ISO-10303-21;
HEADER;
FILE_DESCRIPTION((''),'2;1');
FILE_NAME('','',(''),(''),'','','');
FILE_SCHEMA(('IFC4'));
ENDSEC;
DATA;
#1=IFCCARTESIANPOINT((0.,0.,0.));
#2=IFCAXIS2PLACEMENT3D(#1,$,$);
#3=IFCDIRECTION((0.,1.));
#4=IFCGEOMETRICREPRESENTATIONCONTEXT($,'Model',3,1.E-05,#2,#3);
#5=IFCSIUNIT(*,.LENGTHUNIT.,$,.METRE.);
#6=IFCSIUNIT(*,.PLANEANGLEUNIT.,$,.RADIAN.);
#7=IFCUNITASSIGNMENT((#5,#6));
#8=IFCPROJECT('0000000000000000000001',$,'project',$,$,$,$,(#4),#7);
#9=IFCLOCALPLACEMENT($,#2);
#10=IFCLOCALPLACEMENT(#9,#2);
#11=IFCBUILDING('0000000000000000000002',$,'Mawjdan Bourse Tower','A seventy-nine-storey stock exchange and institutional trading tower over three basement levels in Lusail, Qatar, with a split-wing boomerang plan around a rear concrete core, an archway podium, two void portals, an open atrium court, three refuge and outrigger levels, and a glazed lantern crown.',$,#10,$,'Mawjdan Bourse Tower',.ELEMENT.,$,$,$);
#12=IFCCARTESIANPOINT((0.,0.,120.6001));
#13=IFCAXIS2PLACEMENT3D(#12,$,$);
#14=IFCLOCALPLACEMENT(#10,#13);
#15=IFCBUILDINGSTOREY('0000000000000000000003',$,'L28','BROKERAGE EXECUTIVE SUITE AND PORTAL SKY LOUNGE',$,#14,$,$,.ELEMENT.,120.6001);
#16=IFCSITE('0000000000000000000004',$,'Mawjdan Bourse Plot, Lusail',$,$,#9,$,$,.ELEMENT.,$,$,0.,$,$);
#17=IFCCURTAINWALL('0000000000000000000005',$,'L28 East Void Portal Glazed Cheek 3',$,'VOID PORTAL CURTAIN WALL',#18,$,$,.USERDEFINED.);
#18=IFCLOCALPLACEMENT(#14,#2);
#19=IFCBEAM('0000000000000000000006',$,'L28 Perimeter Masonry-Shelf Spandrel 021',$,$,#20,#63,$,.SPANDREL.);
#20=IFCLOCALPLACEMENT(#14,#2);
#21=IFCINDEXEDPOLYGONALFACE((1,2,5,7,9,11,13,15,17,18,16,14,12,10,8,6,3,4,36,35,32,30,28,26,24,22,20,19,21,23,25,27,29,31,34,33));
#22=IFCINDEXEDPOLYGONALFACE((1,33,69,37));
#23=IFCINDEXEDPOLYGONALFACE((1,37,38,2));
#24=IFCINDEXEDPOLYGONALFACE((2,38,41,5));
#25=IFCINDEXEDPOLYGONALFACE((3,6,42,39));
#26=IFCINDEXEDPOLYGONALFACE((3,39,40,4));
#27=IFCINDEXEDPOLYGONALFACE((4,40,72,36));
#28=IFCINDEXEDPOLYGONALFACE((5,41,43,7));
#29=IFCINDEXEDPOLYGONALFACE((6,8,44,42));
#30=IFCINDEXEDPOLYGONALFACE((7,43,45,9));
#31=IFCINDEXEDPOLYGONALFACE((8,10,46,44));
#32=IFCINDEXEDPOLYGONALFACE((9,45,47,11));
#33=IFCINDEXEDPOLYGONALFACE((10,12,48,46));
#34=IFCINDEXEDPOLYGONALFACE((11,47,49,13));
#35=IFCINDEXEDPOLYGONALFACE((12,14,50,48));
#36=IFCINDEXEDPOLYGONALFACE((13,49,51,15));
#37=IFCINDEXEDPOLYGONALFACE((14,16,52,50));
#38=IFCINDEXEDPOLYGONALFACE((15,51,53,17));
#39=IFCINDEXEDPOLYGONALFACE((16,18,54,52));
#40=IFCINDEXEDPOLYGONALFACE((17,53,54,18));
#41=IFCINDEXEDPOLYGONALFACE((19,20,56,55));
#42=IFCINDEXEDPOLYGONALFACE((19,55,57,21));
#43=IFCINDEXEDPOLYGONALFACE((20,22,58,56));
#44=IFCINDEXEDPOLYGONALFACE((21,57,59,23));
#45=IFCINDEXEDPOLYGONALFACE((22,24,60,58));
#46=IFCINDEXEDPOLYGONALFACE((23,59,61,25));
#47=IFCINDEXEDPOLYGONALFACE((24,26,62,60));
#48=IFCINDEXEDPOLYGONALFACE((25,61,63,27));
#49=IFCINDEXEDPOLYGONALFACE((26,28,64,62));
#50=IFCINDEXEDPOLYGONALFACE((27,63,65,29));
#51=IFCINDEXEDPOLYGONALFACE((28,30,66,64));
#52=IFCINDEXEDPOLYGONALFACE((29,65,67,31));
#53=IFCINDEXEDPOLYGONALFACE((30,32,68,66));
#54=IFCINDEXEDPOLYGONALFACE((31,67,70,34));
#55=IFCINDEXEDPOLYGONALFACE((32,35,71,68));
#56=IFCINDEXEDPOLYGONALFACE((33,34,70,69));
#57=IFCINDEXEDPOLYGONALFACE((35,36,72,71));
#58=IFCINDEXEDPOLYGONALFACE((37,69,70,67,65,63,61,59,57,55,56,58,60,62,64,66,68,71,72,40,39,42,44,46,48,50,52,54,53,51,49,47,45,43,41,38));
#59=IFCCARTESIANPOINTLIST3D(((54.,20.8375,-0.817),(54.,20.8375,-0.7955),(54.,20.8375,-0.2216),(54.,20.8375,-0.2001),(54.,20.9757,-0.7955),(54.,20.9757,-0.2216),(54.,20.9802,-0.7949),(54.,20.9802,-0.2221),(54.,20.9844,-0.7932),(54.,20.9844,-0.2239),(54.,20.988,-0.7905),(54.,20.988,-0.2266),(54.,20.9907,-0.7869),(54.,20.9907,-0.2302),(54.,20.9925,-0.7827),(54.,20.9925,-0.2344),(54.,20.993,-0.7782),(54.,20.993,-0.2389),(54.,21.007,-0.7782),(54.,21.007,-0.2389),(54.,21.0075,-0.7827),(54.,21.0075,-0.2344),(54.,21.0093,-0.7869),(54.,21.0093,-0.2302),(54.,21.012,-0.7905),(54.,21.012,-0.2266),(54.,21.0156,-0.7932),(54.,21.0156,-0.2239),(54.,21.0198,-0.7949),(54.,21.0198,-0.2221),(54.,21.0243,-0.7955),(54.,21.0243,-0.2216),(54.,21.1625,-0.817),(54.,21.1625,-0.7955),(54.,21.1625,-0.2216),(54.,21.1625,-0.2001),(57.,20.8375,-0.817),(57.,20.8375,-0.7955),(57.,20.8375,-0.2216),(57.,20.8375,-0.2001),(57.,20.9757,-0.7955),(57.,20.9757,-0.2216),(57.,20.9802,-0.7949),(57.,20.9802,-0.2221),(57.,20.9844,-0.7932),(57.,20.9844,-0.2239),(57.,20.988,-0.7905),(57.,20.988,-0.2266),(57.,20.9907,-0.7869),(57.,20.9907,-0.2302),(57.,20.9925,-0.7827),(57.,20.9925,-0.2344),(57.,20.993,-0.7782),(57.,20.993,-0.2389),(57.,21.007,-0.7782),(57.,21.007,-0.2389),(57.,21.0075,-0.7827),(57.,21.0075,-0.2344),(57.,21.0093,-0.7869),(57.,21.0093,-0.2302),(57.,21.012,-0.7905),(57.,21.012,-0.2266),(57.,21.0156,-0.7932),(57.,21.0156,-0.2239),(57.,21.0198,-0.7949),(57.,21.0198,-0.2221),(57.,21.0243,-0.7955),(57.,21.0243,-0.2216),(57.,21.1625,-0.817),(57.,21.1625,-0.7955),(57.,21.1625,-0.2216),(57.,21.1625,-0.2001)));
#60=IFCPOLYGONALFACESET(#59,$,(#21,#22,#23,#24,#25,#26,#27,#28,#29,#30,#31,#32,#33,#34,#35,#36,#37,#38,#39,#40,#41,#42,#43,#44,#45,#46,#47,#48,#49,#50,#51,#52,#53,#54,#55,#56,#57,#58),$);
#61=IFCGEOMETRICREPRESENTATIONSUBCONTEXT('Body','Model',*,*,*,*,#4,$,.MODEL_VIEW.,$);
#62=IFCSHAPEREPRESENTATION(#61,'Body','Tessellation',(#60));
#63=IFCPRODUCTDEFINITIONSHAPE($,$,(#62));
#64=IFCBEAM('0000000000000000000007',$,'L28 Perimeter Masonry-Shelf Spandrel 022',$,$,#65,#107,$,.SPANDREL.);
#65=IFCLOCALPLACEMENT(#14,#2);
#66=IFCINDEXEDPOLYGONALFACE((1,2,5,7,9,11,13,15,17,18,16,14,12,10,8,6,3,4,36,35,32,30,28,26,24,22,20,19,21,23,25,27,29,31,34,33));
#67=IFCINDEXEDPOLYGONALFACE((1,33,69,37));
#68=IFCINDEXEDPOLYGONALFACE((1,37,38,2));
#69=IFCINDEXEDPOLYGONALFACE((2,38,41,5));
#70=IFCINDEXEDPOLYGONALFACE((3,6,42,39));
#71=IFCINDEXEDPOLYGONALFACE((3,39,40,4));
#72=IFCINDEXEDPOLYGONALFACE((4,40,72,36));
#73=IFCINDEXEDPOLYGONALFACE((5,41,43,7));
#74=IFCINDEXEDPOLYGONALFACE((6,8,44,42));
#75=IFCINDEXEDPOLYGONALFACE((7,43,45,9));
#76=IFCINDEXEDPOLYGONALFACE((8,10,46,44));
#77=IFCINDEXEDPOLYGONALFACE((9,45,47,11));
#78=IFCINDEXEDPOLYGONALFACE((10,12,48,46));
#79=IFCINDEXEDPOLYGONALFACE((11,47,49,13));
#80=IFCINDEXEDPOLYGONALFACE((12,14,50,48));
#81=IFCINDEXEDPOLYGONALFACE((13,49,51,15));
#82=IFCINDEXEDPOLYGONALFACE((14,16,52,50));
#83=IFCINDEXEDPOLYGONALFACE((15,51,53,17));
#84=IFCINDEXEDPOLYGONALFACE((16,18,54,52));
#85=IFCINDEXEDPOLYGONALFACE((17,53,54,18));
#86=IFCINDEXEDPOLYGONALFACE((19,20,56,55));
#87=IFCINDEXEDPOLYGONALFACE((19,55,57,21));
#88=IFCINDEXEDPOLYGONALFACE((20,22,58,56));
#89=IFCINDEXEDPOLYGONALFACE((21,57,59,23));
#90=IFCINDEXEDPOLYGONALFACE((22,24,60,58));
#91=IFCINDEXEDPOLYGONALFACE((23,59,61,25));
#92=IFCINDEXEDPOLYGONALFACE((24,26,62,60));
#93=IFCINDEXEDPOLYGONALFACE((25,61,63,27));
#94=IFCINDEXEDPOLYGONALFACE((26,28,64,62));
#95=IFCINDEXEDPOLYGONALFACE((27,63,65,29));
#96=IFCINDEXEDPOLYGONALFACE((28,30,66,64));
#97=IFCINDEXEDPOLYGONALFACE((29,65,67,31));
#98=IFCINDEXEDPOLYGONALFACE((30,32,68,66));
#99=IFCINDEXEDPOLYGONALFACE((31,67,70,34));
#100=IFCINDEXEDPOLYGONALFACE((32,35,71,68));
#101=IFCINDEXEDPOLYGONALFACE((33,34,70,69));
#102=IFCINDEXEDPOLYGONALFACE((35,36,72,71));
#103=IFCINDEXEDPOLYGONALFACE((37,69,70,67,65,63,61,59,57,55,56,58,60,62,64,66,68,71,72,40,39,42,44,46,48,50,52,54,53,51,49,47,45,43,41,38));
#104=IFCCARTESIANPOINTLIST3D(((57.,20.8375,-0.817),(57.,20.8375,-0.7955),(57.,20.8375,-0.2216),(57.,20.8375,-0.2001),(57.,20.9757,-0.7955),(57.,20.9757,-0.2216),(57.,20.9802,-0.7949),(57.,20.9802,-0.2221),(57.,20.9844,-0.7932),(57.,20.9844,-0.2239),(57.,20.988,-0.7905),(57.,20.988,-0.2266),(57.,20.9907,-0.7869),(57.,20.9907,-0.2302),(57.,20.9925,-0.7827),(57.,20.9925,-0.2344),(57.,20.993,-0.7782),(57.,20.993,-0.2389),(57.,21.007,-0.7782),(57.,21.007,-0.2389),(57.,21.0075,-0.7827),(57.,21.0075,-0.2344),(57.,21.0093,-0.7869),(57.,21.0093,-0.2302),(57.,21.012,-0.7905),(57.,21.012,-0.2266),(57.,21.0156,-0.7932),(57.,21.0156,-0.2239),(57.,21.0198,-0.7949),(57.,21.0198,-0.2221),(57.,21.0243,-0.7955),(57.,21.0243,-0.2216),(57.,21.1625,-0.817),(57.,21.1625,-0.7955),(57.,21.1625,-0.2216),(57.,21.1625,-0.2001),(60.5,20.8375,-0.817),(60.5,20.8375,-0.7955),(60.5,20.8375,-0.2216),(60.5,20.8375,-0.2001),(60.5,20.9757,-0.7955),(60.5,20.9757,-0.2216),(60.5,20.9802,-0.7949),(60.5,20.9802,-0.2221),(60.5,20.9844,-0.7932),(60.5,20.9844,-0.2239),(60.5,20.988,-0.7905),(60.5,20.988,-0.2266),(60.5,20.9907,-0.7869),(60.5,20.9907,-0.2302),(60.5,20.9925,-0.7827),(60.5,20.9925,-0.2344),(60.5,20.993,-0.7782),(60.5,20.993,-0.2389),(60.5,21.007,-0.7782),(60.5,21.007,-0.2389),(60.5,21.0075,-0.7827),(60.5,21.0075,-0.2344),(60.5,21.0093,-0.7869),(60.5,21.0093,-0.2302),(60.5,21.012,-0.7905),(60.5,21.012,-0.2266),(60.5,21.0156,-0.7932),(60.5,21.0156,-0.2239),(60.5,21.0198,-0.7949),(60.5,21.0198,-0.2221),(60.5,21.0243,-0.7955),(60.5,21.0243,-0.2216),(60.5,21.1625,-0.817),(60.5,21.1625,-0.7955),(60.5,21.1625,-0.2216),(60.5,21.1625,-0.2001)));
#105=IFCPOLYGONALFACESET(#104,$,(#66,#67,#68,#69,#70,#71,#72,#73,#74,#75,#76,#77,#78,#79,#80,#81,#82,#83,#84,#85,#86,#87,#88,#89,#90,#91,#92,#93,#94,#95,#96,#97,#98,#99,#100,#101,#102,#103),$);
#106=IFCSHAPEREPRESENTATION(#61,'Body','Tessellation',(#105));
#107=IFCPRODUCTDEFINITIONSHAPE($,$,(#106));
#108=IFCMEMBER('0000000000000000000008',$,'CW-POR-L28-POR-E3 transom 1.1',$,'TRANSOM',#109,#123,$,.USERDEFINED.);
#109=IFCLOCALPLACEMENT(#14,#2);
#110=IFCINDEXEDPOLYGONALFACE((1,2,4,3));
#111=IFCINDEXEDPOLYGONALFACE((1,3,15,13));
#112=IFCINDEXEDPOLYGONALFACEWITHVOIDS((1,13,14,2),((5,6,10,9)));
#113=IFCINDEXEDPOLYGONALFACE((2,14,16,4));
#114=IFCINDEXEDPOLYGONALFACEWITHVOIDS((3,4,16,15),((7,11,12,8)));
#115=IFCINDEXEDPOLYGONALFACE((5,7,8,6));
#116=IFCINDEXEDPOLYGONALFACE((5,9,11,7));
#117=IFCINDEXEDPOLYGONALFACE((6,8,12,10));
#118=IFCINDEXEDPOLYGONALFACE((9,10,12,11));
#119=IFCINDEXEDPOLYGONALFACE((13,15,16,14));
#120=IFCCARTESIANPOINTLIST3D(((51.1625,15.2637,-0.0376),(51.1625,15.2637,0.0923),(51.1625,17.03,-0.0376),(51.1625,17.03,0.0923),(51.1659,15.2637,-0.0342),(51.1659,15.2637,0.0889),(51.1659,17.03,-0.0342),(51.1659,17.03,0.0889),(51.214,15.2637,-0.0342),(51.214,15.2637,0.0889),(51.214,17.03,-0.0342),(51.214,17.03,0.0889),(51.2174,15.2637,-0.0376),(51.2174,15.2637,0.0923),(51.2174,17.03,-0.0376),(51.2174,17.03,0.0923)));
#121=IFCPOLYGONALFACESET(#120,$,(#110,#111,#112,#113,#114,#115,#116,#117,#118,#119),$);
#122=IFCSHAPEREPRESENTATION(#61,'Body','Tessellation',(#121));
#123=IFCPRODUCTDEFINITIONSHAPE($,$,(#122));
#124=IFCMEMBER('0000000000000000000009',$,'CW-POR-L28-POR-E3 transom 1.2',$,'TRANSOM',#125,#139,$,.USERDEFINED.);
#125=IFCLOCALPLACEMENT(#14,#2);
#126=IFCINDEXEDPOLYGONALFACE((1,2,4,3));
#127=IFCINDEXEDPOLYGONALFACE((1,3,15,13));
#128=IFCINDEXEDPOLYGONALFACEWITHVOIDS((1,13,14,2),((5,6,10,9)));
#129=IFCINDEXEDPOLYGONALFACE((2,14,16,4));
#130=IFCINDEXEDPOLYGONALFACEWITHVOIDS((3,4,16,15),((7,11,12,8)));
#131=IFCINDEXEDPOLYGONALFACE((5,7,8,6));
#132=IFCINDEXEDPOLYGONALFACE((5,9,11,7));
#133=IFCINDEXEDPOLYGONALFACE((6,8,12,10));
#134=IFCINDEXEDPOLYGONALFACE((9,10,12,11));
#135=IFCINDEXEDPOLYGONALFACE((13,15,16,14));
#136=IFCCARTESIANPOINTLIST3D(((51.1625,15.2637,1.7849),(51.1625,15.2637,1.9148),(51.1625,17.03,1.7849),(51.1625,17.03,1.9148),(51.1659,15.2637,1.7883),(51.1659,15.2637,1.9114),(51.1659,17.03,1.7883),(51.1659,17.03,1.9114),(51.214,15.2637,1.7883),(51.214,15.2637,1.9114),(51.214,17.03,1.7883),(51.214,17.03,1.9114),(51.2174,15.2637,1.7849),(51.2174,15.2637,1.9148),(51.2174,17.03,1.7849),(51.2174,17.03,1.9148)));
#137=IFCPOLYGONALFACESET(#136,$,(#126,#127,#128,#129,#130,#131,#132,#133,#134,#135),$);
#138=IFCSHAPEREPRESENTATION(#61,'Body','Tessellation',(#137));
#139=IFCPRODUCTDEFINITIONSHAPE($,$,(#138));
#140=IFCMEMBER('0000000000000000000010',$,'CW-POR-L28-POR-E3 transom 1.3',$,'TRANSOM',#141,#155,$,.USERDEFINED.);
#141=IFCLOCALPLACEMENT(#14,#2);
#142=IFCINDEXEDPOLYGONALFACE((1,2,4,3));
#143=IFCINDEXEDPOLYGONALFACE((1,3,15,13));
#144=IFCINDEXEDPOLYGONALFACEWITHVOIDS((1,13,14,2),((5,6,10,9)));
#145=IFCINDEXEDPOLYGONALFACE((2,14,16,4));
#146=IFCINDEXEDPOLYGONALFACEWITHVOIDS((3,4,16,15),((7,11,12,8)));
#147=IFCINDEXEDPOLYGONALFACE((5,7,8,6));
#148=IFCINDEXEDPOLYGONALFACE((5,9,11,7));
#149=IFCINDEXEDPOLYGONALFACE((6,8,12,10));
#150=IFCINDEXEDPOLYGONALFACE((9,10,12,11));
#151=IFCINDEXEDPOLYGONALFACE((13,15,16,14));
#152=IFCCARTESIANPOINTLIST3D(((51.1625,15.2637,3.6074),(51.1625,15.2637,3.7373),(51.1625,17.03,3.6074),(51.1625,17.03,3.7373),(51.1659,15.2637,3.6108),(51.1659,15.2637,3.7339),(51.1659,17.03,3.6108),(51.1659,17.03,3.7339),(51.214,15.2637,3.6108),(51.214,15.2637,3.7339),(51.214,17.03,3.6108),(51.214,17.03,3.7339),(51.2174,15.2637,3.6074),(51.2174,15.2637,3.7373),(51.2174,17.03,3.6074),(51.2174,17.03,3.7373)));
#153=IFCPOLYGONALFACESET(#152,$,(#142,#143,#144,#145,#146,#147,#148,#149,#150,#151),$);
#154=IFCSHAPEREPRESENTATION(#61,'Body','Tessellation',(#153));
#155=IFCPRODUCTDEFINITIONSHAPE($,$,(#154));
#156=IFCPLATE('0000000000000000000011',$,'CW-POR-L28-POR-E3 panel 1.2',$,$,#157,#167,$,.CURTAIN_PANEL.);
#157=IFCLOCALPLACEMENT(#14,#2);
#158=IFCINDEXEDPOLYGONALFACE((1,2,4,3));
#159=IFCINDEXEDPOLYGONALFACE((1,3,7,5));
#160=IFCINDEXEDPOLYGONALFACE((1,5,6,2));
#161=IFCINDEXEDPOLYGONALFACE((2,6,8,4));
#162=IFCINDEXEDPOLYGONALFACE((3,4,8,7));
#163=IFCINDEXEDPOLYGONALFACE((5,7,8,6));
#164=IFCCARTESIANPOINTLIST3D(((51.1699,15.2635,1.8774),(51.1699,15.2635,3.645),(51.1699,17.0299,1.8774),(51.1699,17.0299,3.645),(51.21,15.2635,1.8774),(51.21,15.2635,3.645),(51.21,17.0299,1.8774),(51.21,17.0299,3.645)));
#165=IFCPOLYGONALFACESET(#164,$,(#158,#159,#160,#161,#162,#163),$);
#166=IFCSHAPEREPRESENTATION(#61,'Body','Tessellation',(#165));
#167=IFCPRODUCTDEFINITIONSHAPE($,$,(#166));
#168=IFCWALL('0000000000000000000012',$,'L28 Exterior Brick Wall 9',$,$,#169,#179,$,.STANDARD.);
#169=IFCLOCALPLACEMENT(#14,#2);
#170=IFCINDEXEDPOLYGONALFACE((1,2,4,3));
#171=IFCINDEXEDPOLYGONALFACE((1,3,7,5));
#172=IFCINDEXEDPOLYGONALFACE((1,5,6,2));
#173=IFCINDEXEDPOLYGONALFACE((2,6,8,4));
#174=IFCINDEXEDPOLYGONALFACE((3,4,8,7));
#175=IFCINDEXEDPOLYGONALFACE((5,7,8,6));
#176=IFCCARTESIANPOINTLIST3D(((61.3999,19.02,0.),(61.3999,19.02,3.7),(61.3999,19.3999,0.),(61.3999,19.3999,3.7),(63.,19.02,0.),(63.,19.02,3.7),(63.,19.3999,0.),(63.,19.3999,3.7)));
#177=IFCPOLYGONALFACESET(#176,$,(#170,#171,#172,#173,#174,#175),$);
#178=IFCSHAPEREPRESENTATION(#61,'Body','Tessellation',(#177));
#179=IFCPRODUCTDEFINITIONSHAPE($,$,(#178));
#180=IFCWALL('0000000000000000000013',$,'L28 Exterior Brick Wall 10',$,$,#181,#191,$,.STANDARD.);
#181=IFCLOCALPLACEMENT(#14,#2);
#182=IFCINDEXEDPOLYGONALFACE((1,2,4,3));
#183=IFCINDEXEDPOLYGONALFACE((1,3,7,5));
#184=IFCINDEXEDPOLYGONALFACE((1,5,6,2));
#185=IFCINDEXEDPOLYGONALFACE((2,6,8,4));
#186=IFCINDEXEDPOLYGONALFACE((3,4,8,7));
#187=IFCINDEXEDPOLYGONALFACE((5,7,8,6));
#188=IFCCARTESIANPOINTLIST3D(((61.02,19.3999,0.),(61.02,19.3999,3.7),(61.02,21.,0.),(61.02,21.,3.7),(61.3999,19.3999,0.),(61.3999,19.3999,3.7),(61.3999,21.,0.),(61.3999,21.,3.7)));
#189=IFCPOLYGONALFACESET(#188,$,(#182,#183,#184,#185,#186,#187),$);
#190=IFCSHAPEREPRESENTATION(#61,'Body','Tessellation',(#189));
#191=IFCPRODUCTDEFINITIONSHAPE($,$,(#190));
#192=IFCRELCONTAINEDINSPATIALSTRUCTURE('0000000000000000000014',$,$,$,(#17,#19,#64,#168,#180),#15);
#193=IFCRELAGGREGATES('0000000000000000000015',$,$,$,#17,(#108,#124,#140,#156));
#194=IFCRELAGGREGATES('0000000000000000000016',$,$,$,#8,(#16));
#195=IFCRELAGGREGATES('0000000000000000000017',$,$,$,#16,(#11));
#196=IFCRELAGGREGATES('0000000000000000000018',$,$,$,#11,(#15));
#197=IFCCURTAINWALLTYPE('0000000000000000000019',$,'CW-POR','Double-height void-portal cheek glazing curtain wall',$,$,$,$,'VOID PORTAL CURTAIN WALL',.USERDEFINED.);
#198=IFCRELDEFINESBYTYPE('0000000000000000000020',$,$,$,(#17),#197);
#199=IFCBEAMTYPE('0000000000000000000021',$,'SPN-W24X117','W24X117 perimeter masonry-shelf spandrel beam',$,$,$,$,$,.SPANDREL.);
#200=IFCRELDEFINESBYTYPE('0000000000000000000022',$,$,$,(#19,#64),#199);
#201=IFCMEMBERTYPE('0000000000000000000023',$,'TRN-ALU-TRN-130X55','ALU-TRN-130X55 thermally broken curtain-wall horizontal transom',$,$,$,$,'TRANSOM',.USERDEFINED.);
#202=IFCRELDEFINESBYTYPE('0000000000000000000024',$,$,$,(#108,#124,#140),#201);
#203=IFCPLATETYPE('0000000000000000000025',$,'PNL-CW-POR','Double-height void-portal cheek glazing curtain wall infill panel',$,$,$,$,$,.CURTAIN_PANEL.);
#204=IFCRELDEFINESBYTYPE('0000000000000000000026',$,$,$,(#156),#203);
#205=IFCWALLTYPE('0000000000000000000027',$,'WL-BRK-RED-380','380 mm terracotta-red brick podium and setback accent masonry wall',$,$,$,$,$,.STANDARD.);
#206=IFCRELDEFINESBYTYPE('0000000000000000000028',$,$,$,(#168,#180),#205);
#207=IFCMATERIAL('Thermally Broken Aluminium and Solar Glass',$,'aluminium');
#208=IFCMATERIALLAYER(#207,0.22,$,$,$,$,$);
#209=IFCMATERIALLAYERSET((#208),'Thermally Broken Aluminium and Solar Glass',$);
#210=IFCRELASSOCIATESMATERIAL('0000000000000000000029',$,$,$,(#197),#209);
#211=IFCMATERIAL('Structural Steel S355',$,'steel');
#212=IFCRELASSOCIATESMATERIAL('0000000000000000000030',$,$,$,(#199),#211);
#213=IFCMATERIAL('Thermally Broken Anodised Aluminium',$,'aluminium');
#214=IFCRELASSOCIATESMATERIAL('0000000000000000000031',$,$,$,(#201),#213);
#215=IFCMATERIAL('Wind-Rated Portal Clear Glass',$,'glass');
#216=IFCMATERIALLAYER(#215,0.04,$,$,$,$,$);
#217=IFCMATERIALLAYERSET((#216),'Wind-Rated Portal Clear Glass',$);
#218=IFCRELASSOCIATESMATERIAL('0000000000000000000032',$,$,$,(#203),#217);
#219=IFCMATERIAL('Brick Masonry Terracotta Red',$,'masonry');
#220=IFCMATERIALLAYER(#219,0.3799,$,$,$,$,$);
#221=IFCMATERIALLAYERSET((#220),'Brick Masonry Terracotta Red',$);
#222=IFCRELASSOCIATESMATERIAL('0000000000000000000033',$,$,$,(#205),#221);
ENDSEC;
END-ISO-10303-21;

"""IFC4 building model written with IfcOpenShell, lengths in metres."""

from ifc_helpers import new_model, si_unit, direction, frame, frame_2d, origin, origin_2d, place, context, subcontext, project, spatial, rectangle, hollow_rectangle, i_section, extrude, material, layer, layer_set, material_profile, profile_set, type_object, element, aggregate, save


model = new_model("IFC4")

# Units and contexts
model_context = context("Model", 3, precision=1e-05, world=origin(), true_north=direction((0.0, 1.0)))
body_context = subcontext(model_context, "Body", "Model", "MODEL_VIEW")
ifc_project = project(units=[si_unit("LENGTHUNIT", "METRE"), si_unit("PLANEANGLEUNIT", "RADIAN")], contexts=[model_context])

# Site, building, storey
site_placement = place(None, origin())
site = spatial("IfcSite", under=ifc_project, at=site_placement, Name="Mawjdan Bourse Plot, Lusail", CompositionType="ELEMENT", RefElevation=0.0)
building_placement = place(site_placement, origin())
building = spatial("IfcBuilding", under=site, at=building_placement, Name="Mawjdan Bourse Tower", Description="A seventy-nine-storey stock exchange and institutional trading tower over three basement levels in Lusail, Qatar, with a split-wing boomerang plan around a rear concrete core, an archway podium, two void portals, an open atrium court, three refuge and outrigger levels, and a glazed lantern crown.", LongName="Mawjdan Bourse Tower", CompositionType="ELEMENT")
storey_placement = place(building_placement, frame((0.0, 0.0, 120.6001)))
storey = spatial("IfcBuildingStorey", under=building, at=storey_placement, Name="L28", Description="BROKERAGE EXECUTIVE SUITE AND PORTAL SKY LOUNGE", CompositionType="ELEMENT", Elevation=120.6001)

# Shared definitions
ifc_material_1 = material(Name="Structural Steel S355", Category="steel")

# Curtain wall
ifc_material_2 = material(Name="Thermally Broken Aluminium and Solar Glass", Category="aluminium")
ifc_layer_1 = layer(ifc_material_2, 0.22)
ifc_layer_set_1 = layer_set([ifc_layer_1], Name="Thermally Broken Aluminium and Solar Glass")
curtain_wall_type = type_object("IfcCurtainWallType", Name="CW-POR", Description="Double-height void-portal cheek glazing curtain wall", ElementType="VOID PORTAL CURTAIN WALL", PredefinedType="USERDEFINED", material=ifc_layer_set_1)
curtain_wall_placement = place(storey_placement, origin())
curtain_wall = element("IfcCurtainWall", 1, at=curtain_wall_placement, inside=storey, type_object=curtain_wall_type, Name="L28 East Void Portal Glazed Cheek 3", ObjectType="VOID PORTAL CURTAIN WALL", PredefinedType="USERDEFINED")
ifc_material_3 = material(Name="Thermally Broken Anodised Aluminium", Category="aluminium")

# Beams
ifc_material_profile_1 = material_profile(ifc_material_1, i_section(OverallWidth=0.325, OverallDepth=0.6169, WebThickness=0.0139, FlangeThickness=0.0215, FilletRadius=0.0173, at=origin_2d()), Name="W24X117")
ifc_profile_set_1 = profile_set([ifc_material_profile_1], Name="Structural Steel S355")
beam_type_1 = type_object("IfcBeamType", Name="SPN-W24X117", Description="W24X117 perimeter masonry-shelf spandrel beam", PredefinedType="SPANDREL", material=ifc_profile_set_1)
beam_1_placement = place(storey_placement, frame((54.0, 21.0, -0.5085), z_axis=(1.0, 0.0, 0.0), x_axis=(0.0, 1.0, 0.0)))
element("IfcBeam", 2, at=beam_1_placement, inside=storey, type_object=beam_type_1, Name="L28 Perimeter Masonry-Shelf Spandrel 021", PredefinedType="SPANDREL", context=body_context, shape_type="SweptSolid", body=[
    extrude(i_section(OverallWidth=0.325, OverallDepth=0.6169, WebThickness=0.0139, FlangeThickness=0.0215, FilletRadius=0.0173, at=origin_2d()), origin(), (0.0, 0.0, 1.0), 3.0),
])
beam_2_placement = place(storey_placement, frame((57.0, 21.0, -0.5085), z_axis=(1.0, 0.0, 0.0), x_axis=(0.0, 1.0, 0.0)))
element("IfcBeam", 3, at=beam_2_placement, inside=storey, type_object=beam_type_1, Name="L28 Perimeter Masonry-Shelf Spandrel 022", PredefinedType="SPANDREL", context=body_context, shape_type="SweptSolid", body=[
    extrude(i_section(OverallWidth=0.325, OverallDepth=0.6169, WebThickness=0.0139, FlangeThickness=0.0215, FilletRadius=0.0173, at=origin_2d()), origin(), (0.0, 0.0, 1.0), 3.5),
])

# Members
ifc_material_profile_2 = material_profile(ifc_material_3, hollow_rectangle(XDim=0.0549, YDim=0.1299, WallThickness=0.0034, at=origin_2d()), Name="ALU-TRN-130X55")
ifc_profile_set_2 = profile_set([ifc_material_profile_2], Name="Thermally Broken Anodised Aluminium")
member_type_1 = type_object("IfcMemberType", Name="TRN-ALU-TRN-130X55", Description="ALU-TRN-130X55 thermally broken curtain-wall horizontal transom", ElementType="TRANSOM", PredefinedType="USERDEFINED", material=ifc_profile_set_2)
member_1_placement = place(storey_placement, frame((51.1899, 17.03, 0.0273), z_axis=(0.0, -1.0, 0.0), x_axis=(1.0, 0.0, 0.0)))
member_1 = element("IfcMember", 4, at=member_1_placement, type_object=member_type_1, Name="CW-POR-L28-POR-E3 transom 1.1", ObjectType="TRANSOM", PredefinedType="USERDEFINED", context=body_context, shape_type="SweptSolid", body=[
    extrude(hollow_rectangle(XDim=0.0549, YDim=0.1299, WallThickness=0.0034, at=origin_2d()), origin(), (0.0, 0.0, 1.0), 1.7664),
])
member_2_placement = place(storey_placement, frame((51.1899, 17.03, 1.8499), z_axis=(0.0, -1.0, 0.0), x_axis=(1.0, 0.0, 0.0)))
member_2 = element("IfcMember", 5, at=member_2_placement, type_object=member_type_1, Name="CW-POR-L28-POR-E3 transom 1.2", ObjectType="TRANSOM", PredefinedType="USERDEFINED", context=body_context, shape_type="SweptSolid", body=[
    extrude(hollow_rectangle(XDim=0.0549, YDim=0.1299, WallThickness=0.0034, at=origin_2d()), origin(), (0.0, 0.0, 1.0), 1.7664),
])
member_3_placement = place(storey_placement, frame((51.1899, 17.03, 3.6724), z_axis=(0.0, -1.0, 0.0), x_axis=(1.0, 0.0, 0.0)))
member_3 = element("IfcMember", 6, at=member_3_placement, type_object=member_type_1, Name="CW-POR-L28-POR-E3 transom 1.3", ObjectType="TRANSOM", PredefinedType="USERDEFINED", context=body_context, shape_type="SweptSolid", body=[
    extrude(hollow_rectangle(XDim=0.0549, YDim=0.1299, WallThickness=0.0034, at=origin_2d()), origin(), (0.0, 0.0, 1.0), 1.7664),
])

# Plate
ifc_material_4 = material(Name="Wind-Rated Portal Clear Glass", Category="glass")
ifc_layer_2 = layer(ifc_material_4, 0.04)
ifc_layer_set_2 = layer_set([ifc_layer_2], Name="Wind-Rated Portal Clear Glass")
plate_type = type_object("IfcPlateType", Name="PNL-CW-POR", Description="Double-height void-portal cheek glazing curtain wall infill panel", PredefinedType="CURTAIN_PANEL", material=ifc_layer_set_2)
plate_placement = place(storey_placement, frame((51.1899, 16.1467, 1.8774), z_axis=(0.0, 0.0, 1.0), x_axis=(0.0, -1.0, 0.0)))
plate = element("IfcPlate", 7, at=plate_placement, type_object=plate_type, Name="CW-POR-L28-POR-E3 panel 1.2", PredefinedType="CURTAIN_PANEL", context=body_context, shape_type="SweptSolid", body=[
    extrude(rectangle(XDim=1.7664, YDim=0.04, at=origin_2d()), origin(), (0.0, 0.0, 1.0), 1.7676),
])
aggregate(curtain_wall, [member_1, member_2, member_3, plate])

# Walls
ifc_material_5 = material(Name="Brick Masonry Terracotta Red", Category="masonry")
ifc_layer_3 = layer(ifc_material_5, 0.3799)
ifc_layer_set_3 = layer_set([ifc_layer_3], Name="Brick Masonry Terracotta Red")
wall_type_1 = type_object("IfcWallType", Name="WL-BRK-RED-380", Description="380 mm terracotta-red brick podium and setback accent masonry wall", PredefinedType="STANDARD", material=ifc_layer_set_3)
for number, where, z_axis, x_axis, name in (
    (8, (63.0, 19.21, 0.0), (0.0, 0.0, 1.0), (-1.0, 0.0, 0.0), "L28 Exterior Brick Wall 9"),
    (9, (61.21, 19.3999, 0.0), (0.0, 0.0, 1.0), (0.0, 1.0, 0.0), "L28 Exterior Brick Wall 10"),
):
    element("IfcWall", number, at=place(storey_placement, frame(where, z_axis=z_axis, x_axis=x_axis)), inside=storey, type_object=wall_type_1, Name=name, PredefinedType="STANDARD", context=body_context, shape_type="SweptSolid", body=[
        extrude(rectangle(XDim=1.6001, YDim=0.3799, at=frame_2d((0.8, 0.0))), origin(), (0.0, 0.0, 1.0), 3.7),
    ])

save(model, "model.ifc")
